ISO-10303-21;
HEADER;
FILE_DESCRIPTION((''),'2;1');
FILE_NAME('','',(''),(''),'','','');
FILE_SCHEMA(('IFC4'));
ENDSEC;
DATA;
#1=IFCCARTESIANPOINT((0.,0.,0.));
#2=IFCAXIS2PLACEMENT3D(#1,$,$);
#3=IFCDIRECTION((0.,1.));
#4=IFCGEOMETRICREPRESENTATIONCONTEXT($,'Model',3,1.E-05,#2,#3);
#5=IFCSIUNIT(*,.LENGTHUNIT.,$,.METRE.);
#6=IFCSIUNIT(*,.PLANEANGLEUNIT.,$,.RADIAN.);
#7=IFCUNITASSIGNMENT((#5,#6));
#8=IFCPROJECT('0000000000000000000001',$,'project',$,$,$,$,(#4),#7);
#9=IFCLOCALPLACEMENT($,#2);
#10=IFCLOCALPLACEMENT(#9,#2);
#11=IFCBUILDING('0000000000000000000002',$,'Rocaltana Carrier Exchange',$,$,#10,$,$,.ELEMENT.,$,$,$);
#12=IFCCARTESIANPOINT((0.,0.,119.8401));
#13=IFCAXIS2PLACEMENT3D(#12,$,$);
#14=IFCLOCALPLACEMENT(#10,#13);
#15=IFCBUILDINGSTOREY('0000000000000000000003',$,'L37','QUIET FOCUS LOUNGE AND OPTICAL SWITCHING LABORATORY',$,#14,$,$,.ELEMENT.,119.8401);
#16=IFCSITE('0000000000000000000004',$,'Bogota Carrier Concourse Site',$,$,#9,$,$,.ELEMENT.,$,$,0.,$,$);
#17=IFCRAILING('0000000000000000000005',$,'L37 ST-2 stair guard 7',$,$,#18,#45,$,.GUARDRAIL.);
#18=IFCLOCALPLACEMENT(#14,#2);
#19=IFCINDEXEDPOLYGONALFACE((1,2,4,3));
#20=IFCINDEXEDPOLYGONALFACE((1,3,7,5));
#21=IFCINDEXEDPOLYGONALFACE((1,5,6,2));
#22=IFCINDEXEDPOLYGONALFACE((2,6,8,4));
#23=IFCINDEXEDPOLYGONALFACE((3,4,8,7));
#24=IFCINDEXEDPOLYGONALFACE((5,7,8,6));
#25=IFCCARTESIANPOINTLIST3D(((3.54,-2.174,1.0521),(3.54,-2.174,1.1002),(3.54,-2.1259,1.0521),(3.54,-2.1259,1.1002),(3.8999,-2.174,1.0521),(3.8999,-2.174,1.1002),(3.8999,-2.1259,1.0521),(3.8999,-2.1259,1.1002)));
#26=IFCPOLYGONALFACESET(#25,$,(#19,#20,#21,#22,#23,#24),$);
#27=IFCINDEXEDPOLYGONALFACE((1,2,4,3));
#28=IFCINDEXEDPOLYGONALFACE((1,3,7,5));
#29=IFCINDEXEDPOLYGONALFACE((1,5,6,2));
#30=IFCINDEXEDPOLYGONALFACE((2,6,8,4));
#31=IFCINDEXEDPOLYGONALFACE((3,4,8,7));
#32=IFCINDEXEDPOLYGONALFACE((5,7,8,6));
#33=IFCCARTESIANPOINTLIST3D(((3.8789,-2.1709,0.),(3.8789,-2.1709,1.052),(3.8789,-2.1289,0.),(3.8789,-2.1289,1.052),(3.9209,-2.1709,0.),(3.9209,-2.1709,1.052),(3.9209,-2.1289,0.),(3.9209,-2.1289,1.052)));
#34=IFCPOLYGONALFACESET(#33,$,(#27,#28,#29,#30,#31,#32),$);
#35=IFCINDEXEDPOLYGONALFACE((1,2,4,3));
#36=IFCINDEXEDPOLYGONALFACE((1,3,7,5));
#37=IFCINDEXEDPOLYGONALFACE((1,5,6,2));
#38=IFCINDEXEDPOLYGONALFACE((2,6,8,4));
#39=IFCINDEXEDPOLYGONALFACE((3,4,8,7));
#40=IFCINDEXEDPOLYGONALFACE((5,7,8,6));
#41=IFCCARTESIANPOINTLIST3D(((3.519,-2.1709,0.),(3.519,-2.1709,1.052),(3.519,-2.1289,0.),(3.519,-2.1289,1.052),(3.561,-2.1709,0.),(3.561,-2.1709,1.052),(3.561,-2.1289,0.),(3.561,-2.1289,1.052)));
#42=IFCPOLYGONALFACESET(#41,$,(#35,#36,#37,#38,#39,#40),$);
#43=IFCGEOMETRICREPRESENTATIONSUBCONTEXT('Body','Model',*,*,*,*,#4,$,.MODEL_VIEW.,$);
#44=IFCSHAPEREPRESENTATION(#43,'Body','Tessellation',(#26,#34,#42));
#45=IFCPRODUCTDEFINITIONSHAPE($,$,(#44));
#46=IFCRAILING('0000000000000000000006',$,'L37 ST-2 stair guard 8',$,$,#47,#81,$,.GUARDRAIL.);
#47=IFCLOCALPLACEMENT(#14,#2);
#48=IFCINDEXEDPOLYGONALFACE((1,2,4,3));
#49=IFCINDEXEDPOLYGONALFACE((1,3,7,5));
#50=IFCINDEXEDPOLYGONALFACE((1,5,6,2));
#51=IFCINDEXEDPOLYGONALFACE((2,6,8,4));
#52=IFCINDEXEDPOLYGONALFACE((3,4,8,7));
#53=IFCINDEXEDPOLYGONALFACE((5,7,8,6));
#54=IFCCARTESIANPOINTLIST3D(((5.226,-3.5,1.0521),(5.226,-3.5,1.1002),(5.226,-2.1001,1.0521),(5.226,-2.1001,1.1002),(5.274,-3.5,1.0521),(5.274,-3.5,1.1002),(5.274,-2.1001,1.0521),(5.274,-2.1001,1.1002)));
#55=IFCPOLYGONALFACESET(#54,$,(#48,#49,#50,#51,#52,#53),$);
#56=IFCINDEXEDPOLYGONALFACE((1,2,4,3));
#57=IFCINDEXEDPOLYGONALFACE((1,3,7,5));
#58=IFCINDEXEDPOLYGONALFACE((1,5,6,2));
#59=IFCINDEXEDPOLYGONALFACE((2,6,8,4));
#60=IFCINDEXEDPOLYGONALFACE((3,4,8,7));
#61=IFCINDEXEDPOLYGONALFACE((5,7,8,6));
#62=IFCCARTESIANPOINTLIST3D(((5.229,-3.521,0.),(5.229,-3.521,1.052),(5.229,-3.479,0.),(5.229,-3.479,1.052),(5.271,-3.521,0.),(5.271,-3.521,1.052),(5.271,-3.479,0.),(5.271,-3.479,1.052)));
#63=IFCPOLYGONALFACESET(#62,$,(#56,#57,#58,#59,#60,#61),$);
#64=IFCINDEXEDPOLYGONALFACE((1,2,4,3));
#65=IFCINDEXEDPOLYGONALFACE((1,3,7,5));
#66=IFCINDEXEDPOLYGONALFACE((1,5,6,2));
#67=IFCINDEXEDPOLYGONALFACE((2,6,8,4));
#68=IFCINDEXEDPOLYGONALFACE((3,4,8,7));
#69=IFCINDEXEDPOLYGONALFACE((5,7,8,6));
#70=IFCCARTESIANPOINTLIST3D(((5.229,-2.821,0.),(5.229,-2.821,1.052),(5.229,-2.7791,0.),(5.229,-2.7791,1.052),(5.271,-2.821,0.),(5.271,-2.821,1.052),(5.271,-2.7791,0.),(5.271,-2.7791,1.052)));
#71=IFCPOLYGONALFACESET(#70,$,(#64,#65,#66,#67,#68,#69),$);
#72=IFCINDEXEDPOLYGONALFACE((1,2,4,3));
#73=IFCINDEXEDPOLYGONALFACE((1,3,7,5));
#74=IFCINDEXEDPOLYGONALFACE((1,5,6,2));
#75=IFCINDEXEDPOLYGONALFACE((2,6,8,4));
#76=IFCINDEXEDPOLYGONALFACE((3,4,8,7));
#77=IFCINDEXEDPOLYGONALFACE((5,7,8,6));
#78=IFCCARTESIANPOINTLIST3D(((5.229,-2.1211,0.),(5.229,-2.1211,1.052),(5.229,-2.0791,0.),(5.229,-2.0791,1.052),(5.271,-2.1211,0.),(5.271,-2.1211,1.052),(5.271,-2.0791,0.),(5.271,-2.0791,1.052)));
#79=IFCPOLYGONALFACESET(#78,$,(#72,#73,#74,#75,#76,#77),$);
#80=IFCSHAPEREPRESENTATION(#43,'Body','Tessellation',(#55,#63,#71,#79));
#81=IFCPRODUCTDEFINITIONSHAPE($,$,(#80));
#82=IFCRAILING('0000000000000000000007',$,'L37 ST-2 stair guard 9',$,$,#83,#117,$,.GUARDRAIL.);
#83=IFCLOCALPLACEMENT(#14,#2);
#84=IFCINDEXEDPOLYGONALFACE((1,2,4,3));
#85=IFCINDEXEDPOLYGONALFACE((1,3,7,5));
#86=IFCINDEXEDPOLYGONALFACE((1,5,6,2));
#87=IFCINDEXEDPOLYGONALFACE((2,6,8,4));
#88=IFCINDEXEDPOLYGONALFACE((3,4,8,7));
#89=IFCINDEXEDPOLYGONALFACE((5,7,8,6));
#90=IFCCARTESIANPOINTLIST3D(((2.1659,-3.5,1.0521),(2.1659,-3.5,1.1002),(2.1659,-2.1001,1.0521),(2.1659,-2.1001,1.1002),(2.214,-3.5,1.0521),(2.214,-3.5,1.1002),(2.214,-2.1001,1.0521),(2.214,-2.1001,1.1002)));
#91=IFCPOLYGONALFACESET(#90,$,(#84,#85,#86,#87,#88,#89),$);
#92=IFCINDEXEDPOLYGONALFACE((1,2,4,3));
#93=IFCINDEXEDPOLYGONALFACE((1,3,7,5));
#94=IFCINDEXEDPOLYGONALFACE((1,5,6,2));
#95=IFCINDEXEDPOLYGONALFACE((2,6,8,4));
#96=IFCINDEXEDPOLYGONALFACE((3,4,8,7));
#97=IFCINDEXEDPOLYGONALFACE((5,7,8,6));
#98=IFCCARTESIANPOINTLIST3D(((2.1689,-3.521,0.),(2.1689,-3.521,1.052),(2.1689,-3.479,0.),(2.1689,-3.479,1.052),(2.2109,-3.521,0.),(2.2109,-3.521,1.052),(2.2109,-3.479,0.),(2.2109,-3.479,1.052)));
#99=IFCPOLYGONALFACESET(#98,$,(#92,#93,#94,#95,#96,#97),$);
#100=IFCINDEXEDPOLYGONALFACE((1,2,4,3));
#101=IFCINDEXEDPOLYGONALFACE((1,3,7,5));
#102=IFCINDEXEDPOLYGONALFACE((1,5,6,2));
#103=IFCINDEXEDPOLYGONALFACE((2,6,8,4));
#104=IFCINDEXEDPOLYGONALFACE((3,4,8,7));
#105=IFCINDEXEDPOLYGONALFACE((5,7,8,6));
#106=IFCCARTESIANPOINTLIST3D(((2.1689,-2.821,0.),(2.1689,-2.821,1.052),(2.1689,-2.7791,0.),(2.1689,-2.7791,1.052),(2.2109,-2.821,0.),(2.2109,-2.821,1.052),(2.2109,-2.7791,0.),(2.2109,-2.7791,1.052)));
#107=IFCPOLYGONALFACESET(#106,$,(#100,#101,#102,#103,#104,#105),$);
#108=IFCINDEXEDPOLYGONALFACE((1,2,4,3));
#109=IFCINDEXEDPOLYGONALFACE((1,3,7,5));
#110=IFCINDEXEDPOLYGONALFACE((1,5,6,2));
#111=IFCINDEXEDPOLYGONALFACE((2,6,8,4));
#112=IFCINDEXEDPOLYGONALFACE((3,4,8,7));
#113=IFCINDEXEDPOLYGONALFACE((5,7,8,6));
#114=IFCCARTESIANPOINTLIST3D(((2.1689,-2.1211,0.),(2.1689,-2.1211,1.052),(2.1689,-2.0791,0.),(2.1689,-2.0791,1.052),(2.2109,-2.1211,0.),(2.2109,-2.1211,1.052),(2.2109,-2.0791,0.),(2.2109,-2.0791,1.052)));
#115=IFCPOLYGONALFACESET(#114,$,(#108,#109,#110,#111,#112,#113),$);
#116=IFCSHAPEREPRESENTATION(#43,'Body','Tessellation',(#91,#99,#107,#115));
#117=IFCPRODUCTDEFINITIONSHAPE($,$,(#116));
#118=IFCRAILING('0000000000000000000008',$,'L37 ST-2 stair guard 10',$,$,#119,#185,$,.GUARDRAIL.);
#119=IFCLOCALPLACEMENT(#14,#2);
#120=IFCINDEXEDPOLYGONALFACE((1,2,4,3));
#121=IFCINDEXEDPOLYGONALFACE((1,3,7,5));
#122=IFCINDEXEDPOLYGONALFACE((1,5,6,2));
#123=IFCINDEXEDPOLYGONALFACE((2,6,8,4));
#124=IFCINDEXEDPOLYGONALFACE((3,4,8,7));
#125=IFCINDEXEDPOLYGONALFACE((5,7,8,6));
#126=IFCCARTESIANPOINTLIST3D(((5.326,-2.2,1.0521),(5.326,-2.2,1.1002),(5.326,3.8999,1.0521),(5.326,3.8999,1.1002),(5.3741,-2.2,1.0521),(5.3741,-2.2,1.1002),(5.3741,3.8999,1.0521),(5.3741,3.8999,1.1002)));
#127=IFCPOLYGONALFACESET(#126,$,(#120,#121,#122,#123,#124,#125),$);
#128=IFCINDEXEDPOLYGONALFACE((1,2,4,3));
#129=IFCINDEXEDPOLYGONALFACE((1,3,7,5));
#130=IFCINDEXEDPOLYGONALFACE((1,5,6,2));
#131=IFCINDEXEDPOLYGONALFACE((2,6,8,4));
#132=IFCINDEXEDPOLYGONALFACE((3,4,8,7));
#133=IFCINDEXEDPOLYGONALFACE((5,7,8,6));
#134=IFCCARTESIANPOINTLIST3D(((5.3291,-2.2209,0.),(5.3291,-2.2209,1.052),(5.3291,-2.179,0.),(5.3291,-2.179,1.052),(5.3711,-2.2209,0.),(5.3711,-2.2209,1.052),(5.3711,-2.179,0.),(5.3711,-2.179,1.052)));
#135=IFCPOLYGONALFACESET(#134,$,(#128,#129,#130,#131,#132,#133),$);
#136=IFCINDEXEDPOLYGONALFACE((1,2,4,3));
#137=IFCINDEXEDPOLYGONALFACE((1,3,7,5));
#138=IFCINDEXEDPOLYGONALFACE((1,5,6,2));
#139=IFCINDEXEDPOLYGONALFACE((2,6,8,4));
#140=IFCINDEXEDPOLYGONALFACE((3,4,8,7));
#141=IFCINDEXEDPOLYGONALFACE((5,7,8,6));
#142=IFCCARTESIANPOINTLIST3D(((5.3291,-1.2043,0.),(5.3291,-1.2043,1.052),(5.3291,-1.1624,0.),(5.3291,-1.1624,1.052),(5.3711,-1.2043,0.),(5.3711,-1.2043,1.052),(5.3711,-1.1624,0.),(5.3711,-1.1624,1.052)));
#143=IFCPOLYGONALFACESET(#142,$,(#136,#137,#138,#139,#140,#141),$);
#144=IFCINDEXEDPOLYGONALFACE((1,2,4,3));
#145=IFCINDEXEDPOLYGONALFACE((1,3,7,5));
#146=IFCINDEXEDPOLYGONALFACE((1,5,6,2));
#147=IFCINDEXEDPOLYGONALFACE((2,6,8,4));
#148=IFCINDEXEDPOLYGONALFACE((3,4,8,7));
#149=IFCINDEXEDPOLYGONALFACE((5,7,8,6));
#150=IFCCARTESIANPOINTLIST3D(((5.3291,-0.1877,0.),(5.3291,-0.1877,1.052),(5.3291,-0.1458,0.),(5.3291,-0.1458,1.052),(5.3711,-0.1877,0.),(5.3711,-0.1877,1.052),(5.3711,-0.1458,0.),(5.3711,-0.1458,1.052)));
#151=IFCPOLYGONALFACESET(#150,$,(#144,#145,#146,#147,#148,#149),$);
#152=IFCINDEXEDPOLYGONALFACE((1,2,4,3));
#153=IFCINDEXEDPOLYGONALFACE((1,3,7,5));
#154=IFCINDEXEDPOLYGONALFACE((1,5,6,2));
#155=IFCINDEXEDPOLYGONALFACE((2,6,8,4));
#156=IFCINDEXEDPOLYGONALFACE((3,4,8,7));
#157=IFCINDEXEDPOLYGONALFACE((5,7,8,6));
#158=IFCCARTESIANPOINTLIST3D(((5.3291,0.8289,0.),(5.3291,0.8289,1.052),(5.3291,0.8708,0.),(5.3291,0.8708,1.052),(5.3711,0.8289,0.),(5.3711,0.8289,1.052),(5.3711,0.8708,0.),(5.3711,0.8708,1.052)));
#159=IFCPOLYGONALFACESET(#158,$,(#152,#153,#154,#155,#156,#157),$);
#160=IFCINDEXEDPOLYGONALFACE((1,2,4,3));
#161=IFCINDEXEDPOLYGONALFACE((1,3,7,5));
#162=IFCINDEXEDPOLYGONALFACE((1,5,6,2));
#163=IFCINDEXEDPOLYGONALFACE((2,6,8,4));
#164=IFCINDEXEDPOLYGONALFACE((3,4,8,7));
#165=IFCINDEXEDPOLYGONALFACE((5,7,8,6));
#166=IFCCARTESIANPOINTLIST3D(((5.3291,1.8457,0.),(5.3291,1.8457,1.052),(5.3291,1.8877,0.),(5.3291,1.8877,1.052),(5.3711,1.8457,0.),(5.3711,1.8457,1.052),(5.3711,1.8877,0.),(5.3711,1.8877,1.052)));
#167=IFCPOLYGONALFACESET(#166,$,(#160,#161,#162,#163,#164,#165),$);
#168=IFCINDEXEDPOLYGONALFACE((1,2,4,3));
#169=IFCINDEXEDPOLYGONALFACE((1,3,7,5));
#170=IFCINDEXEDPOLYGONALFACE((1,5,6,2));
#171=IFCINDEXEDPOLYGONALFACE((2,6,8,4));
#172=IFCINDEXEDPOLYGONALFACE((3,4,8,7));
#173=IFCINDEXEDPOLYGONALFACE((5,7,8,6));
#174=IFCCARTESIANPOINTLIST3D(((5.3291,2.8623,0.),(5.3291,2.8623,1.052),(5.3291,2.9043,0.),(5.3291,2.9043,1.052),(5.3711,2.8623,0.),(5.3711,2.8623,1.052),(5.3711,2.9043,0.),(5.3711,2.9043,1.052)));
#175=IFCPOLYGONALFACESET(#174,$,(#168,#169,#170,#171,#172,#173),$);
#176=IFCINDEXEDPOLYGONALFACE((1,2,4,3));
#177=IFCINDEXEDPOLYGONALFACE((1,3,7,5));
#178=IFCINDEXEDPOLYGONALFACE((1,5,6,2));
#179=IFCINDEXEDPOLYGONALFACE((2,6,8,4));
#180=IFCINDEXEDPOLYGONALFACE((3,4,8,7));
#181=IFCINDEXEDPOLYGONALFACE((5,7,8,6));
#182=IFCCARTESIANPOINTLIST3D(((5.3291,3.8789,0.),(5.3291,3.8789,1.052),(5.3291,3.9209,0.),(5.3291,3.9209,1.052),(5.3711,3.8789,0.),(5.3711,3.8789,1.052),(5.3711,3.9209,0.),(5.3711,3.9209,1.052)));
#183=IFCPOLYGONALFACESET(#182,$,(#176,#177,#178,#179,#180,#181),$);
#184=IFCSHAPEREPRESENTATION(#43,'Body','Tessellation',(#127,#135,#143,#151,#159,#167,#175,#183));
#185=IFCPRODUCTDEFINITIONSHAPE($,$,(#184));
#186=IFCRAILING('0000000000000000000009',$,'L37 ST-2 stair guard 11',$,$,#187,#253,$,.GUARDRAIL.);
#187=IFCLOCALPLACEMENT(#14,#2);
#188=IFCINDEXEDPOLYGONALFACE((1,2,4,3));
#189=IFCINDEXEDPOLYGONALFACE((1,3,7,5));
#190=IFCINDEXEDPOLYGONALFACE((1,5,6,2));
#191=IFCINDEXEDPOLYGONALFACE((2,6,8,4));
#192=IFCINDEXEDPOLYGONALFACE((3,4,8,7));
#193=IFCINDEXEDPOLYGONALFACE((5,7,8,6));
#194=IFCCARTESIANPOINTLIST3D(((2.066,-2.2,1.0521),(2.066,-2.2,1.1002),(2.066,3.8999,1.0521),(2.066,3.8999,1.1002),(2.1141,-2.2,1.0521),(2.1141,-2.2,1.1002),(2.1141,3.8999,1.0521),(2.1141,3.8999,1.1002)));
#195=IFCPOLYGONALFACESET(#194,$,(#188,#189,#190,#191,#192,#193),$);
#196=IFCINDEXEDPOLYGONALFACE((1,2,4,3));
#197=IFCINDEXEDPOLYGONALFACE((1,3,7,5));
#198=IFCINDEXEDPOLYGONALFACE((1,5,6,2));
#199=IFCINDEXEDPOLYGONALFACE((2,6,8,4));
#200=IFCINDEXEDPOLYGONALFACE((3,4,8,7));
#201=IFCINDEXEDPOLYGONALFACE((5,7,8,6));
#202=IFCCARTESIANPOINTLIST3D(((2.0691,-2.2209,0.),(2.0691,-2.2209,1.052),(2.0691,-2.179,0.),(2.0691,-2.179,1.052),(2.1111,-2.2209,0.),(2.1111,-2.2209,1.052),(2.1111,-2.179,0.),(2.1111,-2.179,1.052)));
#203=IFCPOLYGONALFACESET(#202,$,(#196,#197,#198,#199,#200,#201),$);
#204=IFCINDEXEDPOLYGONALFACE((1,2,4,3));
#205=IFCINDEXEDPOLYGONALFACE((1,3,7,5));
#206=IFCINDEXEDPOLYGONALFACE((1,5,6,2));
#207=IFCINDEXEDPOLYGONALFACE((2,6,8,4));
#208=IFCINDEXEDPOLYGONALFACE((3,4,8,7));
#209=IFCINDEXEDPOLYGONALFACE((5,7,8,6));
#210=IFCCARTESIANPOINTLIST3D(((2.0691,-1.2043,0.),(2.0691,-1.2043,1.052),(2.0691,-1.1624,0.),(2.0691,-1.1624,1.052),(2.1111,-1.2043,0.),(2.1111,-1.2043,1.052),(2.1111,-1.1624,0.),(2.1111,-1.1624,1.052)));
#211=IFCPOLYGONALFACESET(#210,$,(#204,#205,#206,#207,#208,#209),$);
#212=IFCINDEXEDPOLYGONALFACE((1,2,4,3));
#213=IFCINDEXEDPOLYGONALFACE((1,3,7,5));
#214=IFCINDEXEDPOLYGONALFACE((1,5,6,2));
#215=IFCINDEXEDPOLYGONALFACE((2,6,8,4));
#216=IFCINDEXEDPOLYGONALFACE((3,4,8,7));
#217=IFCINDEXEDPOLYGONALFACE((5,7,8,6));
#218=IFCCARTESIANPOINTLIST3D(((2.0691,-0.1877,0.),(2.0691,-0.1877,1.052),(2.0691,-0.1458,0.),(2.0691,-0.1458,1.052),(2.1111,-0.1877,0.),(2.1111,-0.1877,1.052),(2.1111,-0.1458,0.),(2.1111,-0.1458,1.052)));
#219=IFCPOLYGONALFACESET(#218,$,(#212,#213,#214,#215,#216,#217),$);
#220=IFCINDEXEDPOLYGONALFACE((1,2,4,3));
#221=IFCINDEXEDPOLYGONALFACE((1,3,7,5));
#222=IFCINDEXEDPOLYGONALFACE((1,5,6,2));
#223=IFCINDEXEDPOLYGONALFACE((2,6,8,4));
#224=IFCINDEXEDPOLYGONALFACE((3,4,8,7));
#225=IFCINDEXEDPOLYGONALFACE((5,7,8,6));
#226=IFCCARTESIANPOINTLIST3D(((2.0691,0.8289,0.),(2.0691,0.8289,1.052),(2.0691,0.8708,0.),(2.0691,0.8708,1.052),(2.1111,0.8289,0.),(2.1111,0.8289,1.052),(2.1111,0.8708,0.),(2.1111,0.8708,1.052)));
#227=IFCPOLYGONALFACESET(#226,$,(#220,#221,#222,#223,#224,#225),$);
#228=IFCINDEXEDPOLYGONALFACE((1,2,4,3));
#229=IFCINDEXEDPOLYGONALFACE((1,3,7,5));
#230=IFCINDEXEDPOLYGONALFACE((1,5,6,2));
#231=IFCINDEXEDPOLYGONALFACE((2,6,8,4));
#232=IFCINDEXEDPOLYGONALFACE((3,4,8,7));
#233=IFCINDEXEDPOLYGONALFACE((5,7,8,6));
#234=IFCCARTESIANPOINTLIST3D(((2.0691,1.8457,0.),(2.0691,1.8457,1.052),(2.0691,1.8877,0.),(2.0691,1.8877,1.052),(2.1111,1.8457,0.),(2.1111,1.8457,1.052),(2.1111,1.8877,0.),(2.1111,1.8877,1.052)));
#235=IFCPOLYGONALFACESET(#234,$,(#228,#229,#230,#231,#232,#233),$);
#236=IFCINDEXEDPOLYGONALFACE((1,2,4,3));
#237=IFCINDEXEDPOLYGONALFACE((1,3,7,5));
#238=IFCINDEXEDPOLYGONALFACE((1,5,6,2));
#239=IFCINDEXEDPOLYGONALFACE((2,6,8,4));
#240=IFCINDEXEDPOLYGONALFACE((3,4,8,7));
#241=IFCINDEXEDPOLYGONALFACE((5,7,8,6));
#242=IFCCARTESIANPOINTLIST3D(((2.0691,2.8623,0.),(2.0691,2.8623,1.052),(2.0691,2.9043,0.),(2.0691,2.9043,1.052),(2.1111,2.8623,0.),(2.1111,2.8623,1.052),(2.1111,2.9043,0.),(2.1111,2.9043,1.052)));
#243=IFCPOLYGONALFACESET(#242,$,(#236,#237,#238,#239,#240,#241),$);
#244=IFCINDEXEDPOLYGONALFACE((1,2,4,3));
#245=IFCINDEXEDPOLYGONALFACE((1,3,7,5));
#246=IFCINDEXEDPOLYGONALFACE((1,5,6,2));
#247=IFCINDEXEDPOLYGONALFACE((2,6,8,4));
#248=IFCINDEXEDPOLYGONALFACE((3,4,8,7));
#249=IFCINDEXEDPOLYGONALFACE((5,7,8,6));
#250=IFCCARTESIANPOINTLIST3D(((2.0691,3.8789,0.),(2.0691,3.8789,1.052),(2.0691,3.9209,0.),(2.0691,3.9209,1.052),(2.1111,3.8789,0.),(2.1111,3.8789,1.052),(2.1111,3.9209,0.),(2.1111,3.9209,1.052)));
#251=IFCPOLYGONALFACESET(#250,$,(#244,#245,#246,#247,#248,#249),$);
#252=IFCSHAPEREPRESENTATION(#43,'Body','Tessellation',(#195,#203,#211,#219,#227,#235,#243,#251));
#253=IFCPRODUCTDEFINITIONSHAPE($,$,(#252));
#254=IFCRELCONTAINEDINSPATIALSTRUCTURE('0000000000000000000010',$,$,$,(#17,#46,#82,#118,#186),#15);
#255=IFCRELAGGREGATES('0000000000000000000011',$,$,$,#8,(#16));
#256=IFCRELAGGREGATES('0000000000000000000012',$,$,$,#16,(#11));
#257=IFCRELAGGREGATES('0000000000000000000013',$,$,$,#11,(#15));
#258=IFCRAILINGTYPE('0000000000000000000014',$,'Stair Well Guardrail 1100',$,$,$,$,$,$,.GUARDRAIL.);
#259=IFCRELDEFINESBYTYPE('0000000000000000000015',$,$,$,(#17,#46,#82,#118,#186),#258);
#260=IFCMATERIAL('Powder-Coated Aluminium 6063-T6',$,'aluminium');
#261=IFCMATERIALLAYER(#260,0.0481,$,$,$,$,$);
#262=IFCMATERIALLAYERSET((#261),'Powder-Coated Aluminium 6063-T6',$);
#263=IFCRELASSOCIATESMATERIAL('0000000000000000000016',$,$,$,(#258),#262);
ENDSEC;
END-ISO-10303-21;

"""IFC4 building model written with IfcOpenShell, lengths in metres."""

from ifc_helpers import new_model, si_unit, direction, frame, origin, origin_2d, place, context, subcontext, project, spatial, rectangle, extrude, material, layer, layer_set, type_object, element, save


model = new_model("IFC4")

# Units and contexts
model_context = context("Model", 3, precision=1e-05, world=origin(), true_north=direction((0.0, 1.0)))
body_context = subcontext(model_context, "Body", "Model", "MODEL_VIEW")
ifc_project = project(units=[si_unit("LENGTHUNIT", "METRE"), si_unit("PLANEANGLEUNIT", "RADIAN")], contexts=[model_context])

# Site, building, storey
site_placement = place(None, origin())
site = spatial("IfcSite", under=ifc_project, at=site_placement, Name="Bogota Carrier Concourse Site", CompositionType="ELEMENT", RefElevation=0.0)
building_placement = place(site_placement, origin())
building = spatial("IfcBuilding", under=site, at=building_placement, Name="Rocaltana Carrier Exchange", CompositionType="ELEMENT")
storey_placement = place(building_placement, frame((0.0, 0.0, 119.8401)))
storey = spatial("IfcBuildingStorey", under=building, at=storey_placement, Name="L37", Description="QUIET FOCUS LOUNGE AND OPTICAL SWITCHING LABORATORY", CompositionType="ELEMENT", Elevation=119.8401)

# Railings
ifc_material_1 = material(Name="Powder-Coated Aluminium 6063-T6", Category="aluminium")
ifc_layer_1 = layer(ifc_material_1, 0.0481)
ifc_layer_set_1 = layer_set([ifc_layer_1], Name="Powder-Coated Aluminium 6063-T6")
railing_type_1 = type_object("IfcRailingType", Name="Stair Well Guardrail 1100", PredefinedType="GUARDRAIL", material=ifc_layer_set_1)
railing_1_placement = place(storey_placement, frame((3.8999, -2.1499, 0.0)))
element("IfcRailing", 1, at=railing_1_placement, inside=storey, type_object=railing_type_1, Name="L37 ST-2 stair guard 7", PredefinedType="GUARDRAIL", context=body_context, shape_type="SweptSolid", body=[
    extrude(rectangle(XDim=0.0481, YDim=0.0481, at=origin_2d()), frame((0.0, 0.0, 1.0762), z_axis=(-1.0, 0.0, 0.0), x_axis=(0.0, -1.0, 0.0)), (0.0, 0.0, 1.0), 0.3599),
    extrude(rectangle(XDim=0.042, YDim=0.042, at=origin_2d()), origin(), (0.0, 0.0, 1.0), 1.052),
    extrude(rectangle(XDim=0.042, YDim=0.042, at=origin_2d()), frame((-0.3599, 0.0, 0.0)), (0.0, 0.0, 1.0), 1.052),
])
for number, where, name in (
    (2, (5.25, -3.5, 0.0), "L37 ST-2 stair guard 8"),
    (3, (2.1899, -3.5, 0.0), "L37 ST-2 stair guard 9"),
):
    element("IfcRailing", number, at=place(storey_placement, frame(where)), inside=storey, type_object=railing_type_1, Name=name, PredefinedType="GUARDRAIL", context=body_context, shape_type="SweptSolid", body=[
        extrude(rectangle(XDim=0.0481, YDim=0.0481, at=origin_2d()), frame((0.0, 0.0, 1.0762), z_axis=(0.0, 1.0, 0.0), x_axis=(-1.0, 0.0, 0.0)), (0.0, 0.0, 1.0), 1.3999),
        extrude(rectangle(XDim=0.042, YDim=0.042, at=origin_2d()), origin(), (0.0, 0.0, 1.0), 1.052),
        extrude(rectangle(XDim=0.042, YDim=0.042, at=origin_2d()), frame((0.0, 0.7, 0.0)), (0.0, 0.0, 1.0), 1.052),
        extrude(rectangle(XDim=0.042, YDim=0.042, at=origin_2d()), frame((0.0, 1.3999, 0.0)), (0.0, 0.0, 1.0), 1.052),
    ])
for number, where, name in (
    (4, (5.3501, -2.2, 0.0), "L37 ST-2 stair guard 10"),
    (5, (2.0901, -2.2, 0.0), "L37 ST-2 stair guard 11"),
):
    element("IfcRailing", number, at=place(storey_placement, frame(where)), inside=storey, type_object=railing_type_1, Name=name, PredefinedType="GUARDRAIL", context=body_context, shape_type="SweptSolid", body=[
        extrude(rectangle(XDim=0.0481, YDim=0.0481, at=origin_2d()), frame((0.0, 0.0, 1.0762), z_axis=(0.0, 1.0, 0.0), x_axis=(-1.0, 0.0, 0.0)), (0.0, 0.0, 1.0), 6.0999),
        extrude(rectangle(XDim=0.042, YDim=0.042, at=origin_2d()), origin(), (0.0, 0.0, 1.0), 1.052),
        extrude(rectangle(XDim=0.042, YDim=0.042, at=origin_2d()), frame((0.0, 1.0166, 0.0)), (0.0, 0.0, 1.0), 1.052),
        extrude(rectangle(XDim=0.042, YDim=0.042, at=origin_2d()), frame((0.0, 2.0332, 0.0)), (0.0, 0.0, 1.0), 1.052),
        extrude(rectangle(XDim=0.042, YDim=0.042, at=origin_2d()), frame((0.0, 3.0498, 0.0)), (0.0, 0.0, 1.0), 1.052),
        extrude(rectangle(XDim=0.042, YDim=0.042, at=origin_2d()), frame((0.0, 4.0667, 0.0)), (0.0, 0.0, 1.0), 1.052),
        extrude(rectangle(XDim=0.042, YDim=0.042, at=origin_2d()), frame((0.0, 5.0833, 0.0)), (0.0, 0.0, 1.0), 1.052),
        extrude(rectangle(XDim=0.042, YDim=0.042, at=origin_2d()), frame((0.0, 6.0999, 0.0)), (0.0, 0.0, 1.0), 1.052),
    ])

save(model, "model.ifc")
